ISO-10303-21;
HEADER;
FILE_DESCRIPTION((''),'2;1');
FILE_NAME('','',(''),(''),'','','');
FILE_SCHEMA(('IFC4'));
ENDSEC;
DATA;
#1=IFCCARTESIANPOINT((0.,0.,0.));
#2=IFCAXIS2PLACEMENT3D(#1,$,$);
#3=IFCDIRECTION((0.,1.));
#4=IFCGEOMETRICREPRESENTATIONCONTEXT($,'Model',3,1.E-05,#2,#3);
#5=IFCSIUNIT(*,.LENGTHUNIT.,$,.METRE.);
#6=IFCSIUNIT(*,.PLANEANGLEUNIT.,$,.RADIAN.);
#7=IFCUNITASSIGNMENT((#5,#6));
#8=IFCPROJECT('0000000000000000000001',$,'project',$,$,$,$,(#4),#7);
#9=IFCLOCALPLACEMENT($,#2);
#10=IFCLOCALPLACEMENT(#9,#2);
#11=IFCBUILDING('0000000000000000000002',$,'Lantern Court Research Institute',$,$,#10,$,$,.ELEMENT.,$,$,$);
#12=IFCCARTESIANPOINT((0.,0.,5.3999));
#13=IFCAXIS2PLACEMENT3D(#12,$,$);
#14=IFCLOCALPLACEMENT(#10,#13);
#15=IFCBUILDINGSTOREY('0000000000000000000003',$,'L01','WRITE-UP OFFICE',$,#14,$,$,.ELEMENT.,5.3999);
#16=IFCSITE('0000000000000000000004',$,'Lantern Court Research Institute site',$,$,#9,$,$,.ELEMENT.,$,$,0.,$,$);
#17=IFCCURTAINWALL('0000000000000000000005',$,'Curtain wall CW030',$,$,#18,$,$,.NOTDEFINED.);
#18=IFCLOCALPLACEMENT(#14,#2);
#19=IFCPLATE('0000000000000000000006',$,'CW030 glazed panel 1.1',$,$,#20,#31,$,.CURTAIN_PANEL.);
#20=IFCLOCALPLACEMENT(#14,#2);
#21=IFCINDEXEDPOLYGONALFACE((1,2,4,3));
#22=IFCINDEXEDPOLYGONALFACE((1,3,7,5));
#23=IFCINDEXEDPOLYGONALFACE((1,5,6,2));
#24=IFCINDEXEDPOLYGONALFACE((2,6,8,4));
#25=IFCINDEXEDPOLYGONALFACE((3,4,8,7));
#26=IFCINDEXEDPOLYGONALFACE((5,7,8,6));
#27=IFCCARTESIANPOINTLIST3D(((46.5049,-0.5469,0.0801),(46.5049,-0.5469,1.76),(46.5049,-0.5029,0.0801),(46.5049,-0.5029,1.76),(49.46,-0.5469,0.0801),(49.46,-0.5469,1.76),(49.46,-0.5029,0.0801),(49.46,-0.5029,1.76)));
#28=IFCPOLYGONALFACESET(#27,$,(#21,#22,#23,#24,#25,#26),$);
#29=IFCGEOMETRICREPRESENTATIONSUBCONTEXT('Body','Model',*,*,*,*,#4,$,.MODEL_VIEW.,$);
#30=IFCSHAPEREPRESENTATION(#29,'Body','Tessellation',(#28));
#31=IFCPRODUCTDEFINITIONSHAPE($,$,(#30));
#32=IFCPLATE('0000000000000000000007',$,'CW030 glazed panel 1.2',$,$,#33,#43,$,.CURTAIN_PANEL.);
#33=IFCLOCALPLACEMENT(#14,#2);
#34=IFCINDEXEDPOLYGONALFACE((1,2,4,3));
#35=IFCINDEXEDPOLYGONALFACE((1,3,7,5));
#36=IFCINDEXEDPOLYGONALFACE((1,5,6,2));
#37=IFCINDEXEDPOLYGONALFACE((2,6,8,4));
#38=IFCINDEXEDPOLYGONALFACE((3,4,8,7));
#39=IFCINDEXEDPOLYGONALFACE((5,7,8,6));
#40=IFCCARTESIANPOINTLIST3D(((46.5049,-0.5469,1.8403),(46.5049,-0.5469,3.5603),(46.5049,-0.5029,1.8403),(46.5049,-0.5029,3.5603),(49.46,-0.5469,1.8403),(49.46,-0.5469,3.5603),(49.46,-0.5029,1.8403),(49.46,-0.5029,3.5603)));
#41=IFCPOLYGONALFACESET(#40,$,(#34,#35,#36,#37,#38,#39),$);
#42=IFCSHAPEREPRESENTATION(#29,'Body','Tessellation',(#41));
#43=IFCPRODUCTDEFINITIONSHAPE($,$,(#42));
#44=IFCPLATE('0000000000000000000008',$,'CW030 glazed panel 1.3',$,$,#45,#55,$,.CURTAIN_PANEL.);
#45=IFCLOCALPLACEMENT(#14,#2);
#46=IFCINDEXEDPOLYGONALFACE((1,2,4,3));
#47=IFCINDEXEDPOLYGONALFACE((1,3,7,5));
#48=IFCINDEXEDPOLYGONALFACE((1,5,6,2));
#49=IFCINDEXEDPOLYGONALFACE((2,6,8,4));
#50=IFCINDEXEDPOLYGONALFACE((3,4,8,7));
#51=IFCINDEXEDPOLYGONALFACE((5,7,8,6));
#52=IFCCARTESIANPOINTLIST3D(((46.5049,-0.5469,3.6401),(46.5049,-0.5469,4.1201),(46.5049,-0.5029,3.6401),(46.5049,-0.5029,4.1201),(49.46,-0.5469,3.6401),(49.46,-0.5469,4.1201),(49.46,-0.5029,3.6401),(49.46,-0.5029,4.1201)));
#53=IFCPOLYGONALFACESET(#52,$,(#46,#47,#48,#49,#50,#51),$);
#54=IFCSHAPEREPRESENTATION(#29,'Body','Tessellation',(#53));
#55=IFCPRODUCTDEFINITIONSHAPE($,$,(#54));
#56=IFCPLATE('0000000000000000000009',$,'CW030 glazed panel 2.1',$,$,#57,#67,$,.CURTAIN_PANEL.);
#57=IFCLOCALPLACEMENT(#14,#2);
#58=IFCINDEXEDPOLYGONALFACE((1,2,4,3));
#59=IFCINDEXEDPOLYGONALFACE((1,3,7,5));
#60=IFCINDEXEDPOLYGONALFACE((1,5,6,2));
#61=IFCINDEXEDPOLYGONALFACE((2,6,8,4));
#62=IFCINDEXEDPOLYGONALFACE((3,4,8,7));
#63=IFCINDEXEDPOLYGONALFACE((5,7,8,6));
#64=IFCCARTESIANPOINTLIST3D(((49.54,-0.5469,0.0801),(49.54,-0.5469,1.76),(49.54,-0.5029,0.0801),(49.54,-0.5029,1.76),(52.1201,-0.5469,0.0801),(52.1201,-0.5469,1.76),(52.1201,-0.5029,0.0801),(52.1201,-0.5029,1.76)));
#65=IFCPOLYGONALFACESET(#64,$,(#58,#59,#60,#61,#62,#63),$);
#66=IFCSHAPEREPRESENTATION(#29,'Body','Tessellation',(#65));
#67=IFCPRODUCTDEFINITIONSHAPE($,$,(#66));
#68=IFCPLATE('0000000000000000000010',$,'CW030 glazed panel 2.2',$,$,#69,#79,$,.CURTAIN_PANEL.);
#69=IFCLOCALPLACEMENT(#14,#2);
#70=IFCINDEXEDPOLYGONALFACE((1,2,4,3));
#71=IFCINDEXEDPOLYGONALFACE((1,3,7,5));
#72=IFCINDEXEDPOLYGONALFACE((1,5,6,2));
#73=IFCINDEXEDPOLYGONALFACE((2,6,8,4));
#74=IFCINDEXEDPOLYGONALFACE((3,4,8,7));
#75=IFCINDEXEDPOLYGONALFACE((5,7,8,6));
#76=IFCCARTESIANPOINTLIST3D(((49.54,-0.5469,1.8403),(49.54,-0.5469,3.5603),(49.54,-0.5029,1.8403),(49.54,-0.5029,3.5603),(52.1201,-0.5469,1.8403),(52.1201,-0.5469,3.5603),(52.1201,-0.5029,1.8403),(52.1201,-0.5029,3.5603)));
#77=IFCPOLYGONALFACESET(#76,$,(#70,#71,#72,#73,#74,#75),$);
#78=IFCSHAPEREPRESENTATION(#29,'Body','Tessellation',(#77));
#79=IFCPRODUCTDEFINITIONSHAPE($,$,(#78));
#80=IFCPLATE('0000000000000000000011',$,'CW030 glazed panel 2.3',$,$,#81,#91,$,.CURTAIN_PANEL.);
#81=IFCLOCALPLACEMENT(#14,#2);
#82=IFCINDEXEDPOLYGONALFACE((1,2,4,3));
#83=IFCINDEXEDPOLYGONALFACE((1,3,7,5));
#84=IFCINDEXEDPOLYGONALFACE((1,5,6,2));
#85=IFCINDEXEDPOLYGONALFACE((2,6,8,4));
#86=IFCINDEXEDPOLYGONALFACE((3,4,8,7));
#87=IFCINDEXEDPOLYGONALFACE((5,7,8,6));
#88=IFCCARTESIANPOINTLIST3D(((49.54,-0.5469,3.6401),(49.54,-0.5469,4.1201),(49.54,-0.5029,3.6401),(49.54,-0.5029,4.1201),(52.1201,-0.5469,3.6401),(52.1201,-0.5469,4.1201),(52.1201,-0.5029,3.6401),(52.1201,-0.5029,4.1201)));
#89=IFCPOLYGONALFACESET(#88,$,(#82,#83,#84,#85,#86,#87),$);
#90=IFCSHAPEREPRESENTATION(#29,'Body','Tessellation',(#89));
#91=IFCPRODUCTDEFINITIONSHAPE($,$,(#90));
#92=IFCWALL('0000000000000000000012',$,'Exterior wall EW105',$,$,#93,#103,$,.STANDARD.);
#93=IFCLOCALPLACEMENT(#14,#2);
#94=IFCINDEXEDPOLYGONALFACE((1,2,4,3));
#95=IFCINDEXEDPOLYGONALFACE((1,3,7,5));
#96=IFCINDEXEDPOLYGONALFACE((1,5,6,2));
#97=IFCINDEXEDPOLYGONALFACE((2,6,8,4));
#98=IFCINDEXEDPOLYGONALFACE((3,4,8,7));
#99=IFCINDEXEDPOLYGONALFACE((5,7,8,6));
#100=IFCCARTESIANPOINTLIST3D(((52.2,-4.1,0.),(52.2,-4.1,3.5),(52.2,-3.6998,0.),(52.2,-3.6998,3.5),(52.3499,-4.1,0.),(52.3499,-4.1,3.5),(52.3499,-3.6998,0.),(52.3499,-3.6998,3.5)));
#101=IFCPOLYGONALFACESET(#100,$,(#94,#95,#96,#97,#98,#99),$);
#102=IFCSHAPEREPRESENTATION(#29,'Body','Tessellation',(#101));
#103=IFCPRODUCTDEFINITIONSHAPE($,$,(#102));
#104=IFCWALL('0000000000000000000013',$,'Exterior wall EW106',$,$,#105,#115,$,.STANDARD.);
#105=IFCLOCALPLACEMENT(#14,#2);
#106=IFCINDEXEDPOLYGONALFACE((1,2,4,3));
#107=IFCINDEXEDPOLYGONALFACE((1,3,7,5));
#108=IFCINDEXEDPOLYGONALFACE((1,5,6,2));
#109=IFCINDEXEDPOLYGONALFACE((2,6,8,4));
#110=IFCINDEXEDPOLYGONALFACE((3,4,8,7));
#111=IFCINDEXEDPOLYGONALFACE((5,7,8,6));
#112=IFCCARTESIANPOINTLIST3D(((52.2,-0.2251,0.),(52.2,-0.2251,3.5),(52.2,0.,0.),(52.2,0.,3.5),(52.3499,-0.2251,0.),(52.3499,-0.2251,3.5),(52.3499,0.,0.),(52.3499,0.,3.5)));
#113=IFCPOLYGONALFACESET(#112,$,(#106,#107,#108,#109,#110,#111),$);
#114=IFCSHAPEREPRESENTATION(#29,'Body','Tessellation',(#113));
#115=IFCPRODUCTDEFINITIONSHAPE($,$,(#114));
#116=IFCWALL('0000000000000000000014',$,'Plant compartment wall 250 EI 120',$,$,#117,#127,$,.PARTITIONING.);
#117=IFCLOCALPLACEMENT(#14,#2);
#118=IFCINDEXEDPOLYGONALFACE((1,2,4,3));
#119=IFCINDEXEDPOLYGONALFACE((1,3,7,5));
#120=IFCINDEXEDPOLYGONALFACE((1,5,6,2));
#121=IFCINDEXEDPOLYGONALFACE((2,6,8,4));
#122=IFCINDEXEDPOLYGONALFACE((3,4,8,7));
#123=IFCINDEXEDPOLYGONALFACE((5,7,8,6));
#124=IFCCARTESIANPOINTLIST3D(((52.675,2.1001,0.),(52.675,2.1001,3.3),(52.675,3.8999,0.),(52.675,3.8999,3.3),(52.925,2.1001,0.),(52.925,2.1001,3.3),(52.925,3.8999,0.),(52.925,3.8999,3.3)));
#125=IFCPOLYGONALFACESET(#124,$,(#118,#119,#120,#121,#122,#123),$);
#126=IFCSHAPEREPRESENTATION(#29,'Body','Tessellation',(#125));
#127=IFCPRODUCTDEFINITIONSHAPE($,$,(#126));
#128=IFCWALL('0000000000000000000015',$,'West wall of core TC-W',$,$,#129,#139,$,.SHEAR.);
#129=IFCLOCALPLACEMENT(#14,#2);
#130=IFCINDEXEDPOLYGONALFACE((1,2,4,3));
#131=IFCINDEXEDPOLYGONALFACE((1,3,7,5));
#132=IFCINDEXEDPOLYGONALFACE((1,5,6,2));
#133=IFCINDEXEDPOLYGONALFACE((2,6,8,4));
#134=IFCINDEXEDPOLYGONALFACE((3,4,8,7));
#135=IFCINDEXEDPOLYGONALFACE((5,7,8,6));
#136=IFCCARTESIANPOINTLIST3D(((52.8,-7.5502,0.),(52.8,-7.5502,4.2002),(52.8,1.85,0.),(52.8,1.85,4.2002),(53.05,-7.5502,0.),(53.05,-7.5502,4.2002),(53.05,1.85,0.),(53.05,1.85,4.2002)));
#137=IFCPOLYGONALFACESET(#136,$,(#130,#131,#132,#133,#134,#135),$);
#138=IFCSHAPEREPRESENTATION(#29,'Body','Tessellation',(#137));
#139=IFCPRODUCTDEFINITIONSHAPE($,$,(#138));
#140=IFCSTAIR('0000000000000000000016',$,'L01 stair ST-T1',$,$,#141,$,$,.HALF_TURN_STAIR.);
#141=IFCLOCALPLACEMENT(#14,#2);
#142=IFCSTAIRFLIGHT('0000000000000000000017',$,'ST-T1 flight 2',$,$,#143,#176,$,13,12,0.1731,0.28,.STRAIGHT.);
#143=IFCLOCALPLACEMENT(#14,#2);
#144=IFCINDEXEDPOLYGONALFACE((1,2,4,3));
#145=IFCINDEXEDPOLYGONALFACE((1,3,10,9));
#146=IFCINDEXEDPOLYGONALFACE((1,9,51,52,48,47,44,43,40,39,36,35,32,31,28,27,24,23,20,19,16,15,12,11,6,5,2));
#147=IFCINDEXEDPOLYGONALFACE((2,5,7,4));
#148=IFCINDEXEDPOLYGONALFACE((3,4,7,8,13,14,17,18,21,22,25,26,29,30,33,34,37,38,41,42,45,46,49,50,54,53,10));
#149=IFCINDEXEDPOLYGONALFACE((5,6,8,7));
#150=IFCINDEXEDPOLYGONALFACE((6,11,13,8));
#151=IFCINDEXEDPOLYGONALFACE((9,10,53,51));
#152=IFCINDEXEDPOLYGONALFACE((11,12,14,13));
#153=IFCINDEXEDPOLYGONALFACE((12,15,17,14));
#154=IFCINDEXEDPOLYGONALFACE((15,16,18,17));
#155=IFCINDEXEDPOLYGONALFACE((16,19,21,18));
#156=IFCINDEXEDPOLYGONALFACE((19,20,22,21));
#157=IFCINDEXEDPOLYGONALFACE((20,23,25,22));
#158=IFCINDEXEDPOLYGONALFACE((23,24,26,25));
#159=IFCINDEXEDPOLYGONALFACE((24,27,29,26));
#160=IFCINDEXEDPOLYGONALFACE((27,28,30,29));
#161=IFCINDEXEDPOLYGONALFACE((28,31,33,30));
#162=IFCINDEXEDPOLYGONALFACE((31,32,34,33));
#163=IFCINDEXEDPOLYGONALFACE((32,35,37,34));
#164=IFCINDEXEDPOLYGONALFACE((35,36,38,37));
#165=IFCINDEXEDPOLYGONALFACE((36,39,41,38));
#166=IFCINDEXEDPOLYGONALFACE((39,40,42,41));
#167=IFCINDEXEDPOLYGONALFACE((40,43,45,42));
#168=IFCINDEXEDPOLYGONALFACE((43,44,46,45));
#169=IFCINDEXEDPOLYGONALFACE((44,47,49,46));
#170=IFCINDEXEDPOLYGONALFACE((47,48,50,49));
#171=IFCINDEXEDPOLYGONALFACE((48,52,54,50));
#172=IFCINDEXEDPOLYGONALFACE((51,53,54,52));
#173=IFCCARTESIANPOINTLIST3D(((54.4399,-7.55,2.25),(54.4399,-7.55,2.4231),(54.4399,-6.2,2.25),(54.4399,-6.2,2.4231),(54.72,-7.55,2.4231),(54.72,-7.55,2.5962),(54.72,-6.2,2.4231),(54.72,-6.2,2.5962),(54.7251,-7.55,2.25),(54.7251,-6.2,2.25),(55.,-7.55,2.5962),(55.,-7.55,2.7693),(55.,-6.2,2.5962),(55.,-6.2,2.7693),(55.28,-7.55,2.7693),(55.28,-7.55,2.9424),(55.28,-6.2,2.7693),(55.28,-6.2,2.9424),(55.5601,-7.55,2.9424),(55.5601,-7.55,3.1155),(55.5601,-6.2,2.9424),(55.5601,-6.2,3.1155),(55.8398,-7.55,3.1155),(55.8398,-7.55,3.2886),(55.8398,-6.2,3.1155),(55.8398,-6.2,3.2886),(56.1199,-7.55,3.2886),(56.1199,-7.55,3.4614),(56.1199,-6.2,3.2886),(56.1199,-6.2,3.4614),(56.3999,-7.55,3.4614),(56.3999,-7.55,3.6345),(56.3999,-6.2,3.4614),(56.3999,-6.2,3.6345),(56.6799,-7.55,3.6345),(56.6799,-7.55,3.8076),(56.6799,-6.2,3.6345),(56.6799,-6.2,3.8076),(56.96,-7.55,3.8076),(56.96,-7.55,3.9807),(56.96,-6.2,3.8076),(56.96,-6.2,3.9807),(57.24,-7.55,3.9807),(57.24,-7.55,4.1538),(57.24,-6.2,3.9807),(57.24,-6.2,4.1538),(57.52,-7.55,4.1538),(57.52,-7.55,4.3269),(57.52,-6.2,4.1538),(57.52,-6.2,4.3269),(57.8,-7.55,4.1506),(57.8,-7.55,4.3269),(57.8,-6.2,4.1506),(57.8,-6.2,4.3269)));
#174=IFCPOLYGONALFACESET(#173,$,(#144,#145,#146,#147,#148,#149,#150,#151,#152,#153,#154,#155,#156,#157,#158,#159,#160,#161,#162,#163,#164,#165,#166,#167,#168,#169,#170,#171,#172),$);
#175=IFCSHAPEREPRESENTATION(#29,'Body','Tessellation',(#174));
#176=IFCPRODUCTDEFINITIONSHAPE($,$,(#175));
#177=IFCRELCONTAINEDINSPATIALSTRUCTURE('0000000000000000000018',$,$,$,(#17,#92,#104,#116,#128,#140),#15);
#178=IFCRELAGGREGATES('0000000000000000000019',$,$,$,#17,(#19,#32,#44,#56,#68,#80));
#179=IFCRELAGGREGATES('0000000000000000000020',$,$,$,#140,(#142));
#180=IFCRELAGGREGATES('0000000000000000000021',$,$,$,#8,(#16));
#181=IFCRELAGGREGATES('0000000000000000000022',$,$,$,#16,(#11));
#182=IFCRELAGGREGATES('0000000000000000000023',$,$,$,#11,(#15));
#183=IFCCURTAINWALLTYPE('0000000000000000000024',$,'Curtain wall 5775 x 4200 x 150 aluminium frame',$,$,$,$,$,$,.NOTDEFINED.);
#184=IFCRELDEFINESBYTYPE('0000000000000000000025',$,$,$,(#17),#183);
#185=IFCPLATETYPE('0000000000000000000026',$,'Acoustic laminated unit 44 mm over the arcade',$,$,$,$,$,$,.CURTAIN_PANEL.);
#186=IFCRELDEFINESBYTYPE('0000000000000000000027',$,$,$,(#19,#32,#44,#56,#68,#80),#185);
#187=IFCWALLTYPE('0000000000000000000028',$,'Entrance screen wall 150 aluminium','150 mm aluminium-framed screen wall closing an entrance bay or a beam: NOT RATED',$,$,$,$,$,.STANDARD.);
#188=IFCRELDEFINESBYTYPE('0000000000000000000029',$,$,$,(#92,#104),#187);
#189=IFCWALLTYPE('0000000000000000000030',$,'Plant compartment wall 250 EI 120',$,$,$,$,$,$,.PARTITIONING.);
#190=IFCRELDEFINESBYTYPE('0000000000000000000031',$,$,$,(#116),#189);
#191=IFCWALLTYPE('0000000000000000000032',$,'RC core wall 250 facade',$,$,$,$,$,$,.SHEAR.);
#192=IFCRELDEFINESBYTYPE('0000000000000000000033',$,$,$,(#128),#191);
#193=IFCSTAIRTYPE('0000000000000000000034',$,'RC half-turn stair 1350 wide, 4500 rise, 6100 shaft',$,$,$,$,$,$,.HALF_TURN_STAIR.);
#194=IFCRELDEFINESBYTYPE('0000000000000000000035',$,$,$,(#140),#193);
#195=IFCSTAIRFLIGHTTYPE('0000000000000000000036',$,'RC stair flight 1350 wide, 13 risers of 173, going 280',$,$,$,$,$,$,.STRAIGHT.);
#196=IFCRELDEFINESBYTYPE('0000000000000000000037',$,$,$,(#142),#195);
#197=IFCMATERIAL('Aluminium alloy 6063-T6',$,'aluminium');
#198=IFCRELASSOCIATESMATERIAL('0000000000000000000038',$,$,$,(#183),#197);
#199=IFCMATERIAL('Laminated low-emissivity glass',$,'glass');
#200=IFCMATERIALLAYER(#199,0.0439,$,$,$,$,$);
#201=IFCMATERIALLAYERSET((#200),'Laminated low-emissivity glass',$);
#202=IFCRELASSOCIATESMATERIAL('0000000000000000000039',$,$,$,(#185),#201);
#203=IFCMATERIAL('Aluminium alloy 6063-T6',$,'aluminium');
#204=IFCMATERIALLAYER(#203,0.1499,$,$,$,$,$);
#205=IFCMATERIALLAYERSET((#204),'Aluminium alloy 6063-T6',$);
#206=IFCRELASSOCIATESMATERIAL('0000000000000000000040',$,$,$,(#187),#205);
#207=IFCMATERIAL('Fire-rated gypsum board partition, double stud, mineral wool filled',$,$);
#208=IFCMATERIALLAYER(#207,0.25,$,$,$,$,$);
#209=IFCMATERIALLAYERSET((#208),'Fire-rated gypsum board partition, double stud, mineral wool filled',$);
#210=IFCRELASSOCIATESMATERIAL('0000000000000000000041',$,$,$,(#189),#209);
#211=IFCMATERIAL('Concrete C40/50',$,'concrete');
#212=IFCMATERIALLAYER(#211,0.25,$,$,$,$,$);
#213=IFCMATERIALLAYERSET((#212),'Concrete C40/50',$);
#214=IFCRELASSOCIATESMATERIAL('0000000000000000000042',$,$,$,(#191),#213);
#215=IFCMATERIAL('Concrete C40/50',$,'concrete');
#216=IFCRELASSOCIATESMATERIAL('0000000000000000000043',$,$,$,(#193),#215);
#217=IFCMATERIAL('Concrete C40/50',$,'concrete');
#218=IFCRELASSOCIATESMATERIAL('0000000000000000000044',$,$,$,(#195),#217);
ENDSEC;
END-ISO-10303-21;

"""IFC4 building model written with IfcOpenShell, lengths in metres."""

from ifc_helpers import new_model, si_unit, direction, frame, frame_2d, origin, origin_2d, place, context, subcontext, project, spatial, polyline, rectangle, outline, extrude, material, layer, layer_set, type_object, element, aggregate, save


model = new_model("IFC4")

# Units and contexts
model_context = context("Model", 3, precision=1e-05, world=origin(), true_north=direction((0.0, 1.0)))
body_context = subcontext(model_context, "Body", "Model", "MODEL_VIEW")
ifc_project = project(units=[si_unit("LENGTHUNIT", "METRE"), si_unit("PLANEANGLEUNIT", "RADIAN")], contexts=[model_context])

# Site, building, storey
site_placement = place(None, origin())
site = spatial("IfcSite", under=ifc_project, at=site_placement, Name="Lantern Court Research Institute site", CompositionType="ELEMENT", RefElevation=0.0)
building_placement = place(site_placement, origin())
building = spatial("IfcBuilding", under=site, at=building_placement, Name="Lantern Court Research Institute", CompositionType="ELEMENT")
storey_placement = place(building_placement, frame((0.0, 0.0, 5.3999)))
storey = spatial("IfcBuildingStorey", under=building, at=storey_placement, Name="L01", Description="WRITE-UP OFFICE", CompositionType="ELEMENT", Elevation=5.3999)

# Curtain wall
ifc_material_1 = material(Name="Aluminium alloy 6063-T6", Category="aluminium")
curtain_wall_type = type_object("IfcCurtainWallType", Name="Curtain wall 5775 x 4200 x 150 aluminium frame", PredefinedType="NOTDEFINED", material=ifc_material_1)
curtain_wall_placement = place(storey_placement, origin())
curtain_wall = element("IfcCurtainWall", 1, at=curtain_wall_placement, inside=storey, type_object=curtain_wall_type, Name="Curtain wall CW030", PredefinedType="NOTDEFINED")

# Plates
ifc_material_2 = material(Name="Laminated low-emissivity glass", Category="glass")
ifc_layer_1 = layer(ifc_material_2, 0.0439)
ifc_layer_set_1 = layer_set([ifc_layer_1], Name="Laminated low-emissivity glass")
plate_type = type_object("IfcPlateType", Name="Acoustic laminated unit 44 mm over the arcade", PredefinedType="CURTAIN_PANEL", material=ifc_layer_set_1)
plate_1_placement = place(storey_placement, frame((47.9824, -0.5249, 0.0801), z_axis=(0.0, 0.0, 1.0), x_axis=(-1.0, 0.0, 0.0)))
plate_1 = element("IfcPlate", 2, at=plate_1_placement, type_object=plate_type, Name="CW030 glazed panel 1.1", PredefinedType="CURTAIN_PANEL", context=body_context, shape_type="SweptSolid", body=[
    extrude(rectangle(XDim=2.9551, YDim=0.0439, at=origin_2d()), origin(), (0.0, 0.0, 1.0), 1.6799),
])
plate_2_placement = place(storey_placement, frame((47.9824, -0.5249, 1.8403), z_axis=(0.0, 0.0, 1.0), x_axis=(-1.0, 0.0, 0.0)))
plate_2 = element("IfcPlate", 3, at=plate_2_placement, type_object=plate_type, Name="CW030 glazed panel 1.2", PredefinedType="CURTAIN_PANEL", context=body_context, shape_type="SweptSolid", body=[
    extrude(rectangle(XDim=2.9551, YDim=0.0439, at=origin_2d()), origin(), (0.0, 0.0, 1.0), 1.72),
])
plate_3_placement = place(storey_placement, frame((47.9824, -0.5249, 3.6401), z_axis=(0.0, 0.0, 1.0), x_axis=(-1.0, 0.0, 0.0)))
plate_3 = element("IfcPlate", 4, at=plate_3_placement, type_object=plate_type, Name="CW030 glazed panel 1.3", PredefinedType="CURTAIN_PANEL", context=body_context, shape_type="SweptSolid", body=[
    extrude(rectangle(XDim=2.9551, YDim=0.0439, at=origin_2d()), origin(), (0.0, 0.0, 1.0), 0.48),
])
plate_4_placement = place(storey_placement, frame((50.8301, -0.5249, 0.0801), z_axis=(0.0, 0.0, 1.0), x_axis=(-1.0, 0.0, 0.0)))
plate_4 = element("IfcPlate", 5, at=plate_4_placement, type_object=plate_type, Name="CW030 glazed panel 2.1", PredefinedType="CURTAIN_PANEL", context=body_context, shape_type="SweptSolid", body=[
    extrude(rectangle(XDim=2.5801, YDim=0.0439, at=origin_2d()), origin(), (0.0, 0.0, 1.0), 1.6799),
])
plate_5_placement = place(storey_placement, frame((50.8301, -0.5249, 1.8403), z_axis=(0.0, 0.0, 1.0), x_axis=(-1.0, 0.0, 0.0)))
plate_5 = element("IfcPlate", 6, at=plate_5_placement, type_object=plate_type, Name="CW030 glazed panel 2.2", PredefinedType="CURTAIN_PANEL", context=body_context, shape_type="SweptSolid", body=[
    extrude(rectangle(XDim=2.5801, YDim=0.0439, at=origin_2d()), origin(), (0.0, 0.0, 1.0), 1.72),
])
plate_6_placement = place(storey_placement, frame((50.8301, -0.5249, 3.6401), z_axis=(0.0, 0.0, 1.0), x_axis=(-1.0, 0.0, 0.0)))
plate_6 = element("IfcPlate", 7, at=plate_6_placement, type_object=plate_type, Name="CW030 glazed panel 2.3", PredefinedType="CURTAIN_PANEL", context=body_context, shape_type="SweptSolid", body=[
    extrude(rectangle(XDim=2.5801, YDim=0.0439, at=origin_2d()), origin(), (0.0, 0.0, 1.0), 0.48),
])
aggregate(curtain_wall, [plate_1, plate_2, plate_3, plate_4, plate_5, plate_6])

# Walls
ifc_material_3 = material(Name="Aluminium alloy 6063-T6", Category="aluminium")
ifc_layer_2 = layer(ifc_material_3, 0.1499)
ifc_layer_set_2 = layer_set([ifc_layer_2], Name="Aluminium alloy 6063-T6")
wall_type_1 = type_object("IfcWallType", Name="Entrance screen wall 150 aluminium", Description="150 mm aluminium-framed screen wall closing an entrance bay or a beam: NOT RATED", PredefinedType="STANDARD", material=ifc_layer_set_2)
wall_1_placement = place(storey_placement, frame((52.2749, -4.1001, 0.0), z_axis=(0.0, 0.0, 1.0), x_axis=(0.0, 1.0, 0.0)))
element("IfcWall", 8, at=wall_1_placement, inside=storey, type_object=wall_type_1, Name="Exterior wall EW105", PredefinedType="STANDARD", context=body_context, shape_type="SweptSolid", body=[
    extrude(rectangle(XDim=0.4001, YDim=0.1499, at=frame_2d((0.2002, 0.0))), origin(), (0.0, 0.0, 1.0), 3.5),
])
wall_2_placement = place(storey_placement, frame((52.2749, -0.2251, 0.0), z_axis=(0.0, 0.0, 1.0), x_axis=(0.0, 1.0, 0.0)))
element("IfcWall", 9, at=wall_2_placement, inside=storey, type_object=wall_type_1, Name="Exterior wall EW106", PredefinedType="STANDARD", context=body_context, shape_type="SweptSolid", body=[
    extrude(rectangle(XDim=0.2251, YDim=0.1499, at=frame_2d((0.1125, 0.0))), origin(), (0.0, 0.0, 1.0), 3.5),
])
ifc_material_4 = material(Name="Fire-rated gypsum board partition, double stud, mineral wool filled")
ifc_layer_3 = layer(ifc_material_4, 0.25)
ifc_layer_set_3 = layer_set([ifc_layer_3], Name="Fire-rated gypsum board partition, double stud, mineral wool filled")
wall_type_2 = type_object("IfcWallType", Name="Plant compartment wall 250 EI 120", PredefinedType="PARTITIONING", material=ifc_layer_set_3)
wall_3_placement = place(storey_placement, frame((52.8, 2.1001, 0.0), z_axis=(0.0, 0.0, 1.0), x_axis=(0.0, 1.0, 0.0)))
element("IfcWall", 10, at=wall_3_placement, inside=storey, type_object=wall_type_2, Name="Plant compartment wall 250 EI 120", PredefinedType="PARTITIONING", context=body_context, shape_type="SweptSolid", body=[
    extrude(rectangle(XDim=1.7998, YDim=0.25, at=frame_2d((0.8999, 0.0))), origin(), (0.0, 0.0, 1.0), 3.3),
])
ifc_material_5 = material(Name="Concrete C40/50", Category="concrete")
ifc_layer_4 = layer(ifc_material_5, 0.25)
ifc_layer_set_4 = layer_set([ifc_layer_4], Name="Concrete C40/50")
wall_type_3 = type_object("IfcWallType", Name="RC core wall 250 facade", PredefinedType="SHEAR", material=ifc_layer_set_4)
wall_4_placement = place(storey_placement, frame((52.925, 1.8501, 0.0), z_axis=(0.0, 0.0, 1.0), x_axis=(0.0, -1.0, 0.0)))
element("IfcWall", 11, at=wall_4_placement, inside=storey, type_object=wall_type_3, Name="West wall of core TC-W", PredefinedType="SHEAR", context=body_context, shape_type="SweptSolid", body=[
    extrude(rectangle(XDim=9.4001, YDim=0.25, at=frame_2d((4.7002, 0.0))), origin(), (0.0, 0.0, 1.0), 4.2002),
])

# Stair, stair flight
ifc_material_6 = material(Name="Concrete C40/50", Category="concrete")
stair_type = type_object("IfcStairType", Name="RC half-turn stair 1350 wide, 4500 rise, 6100 shaft", PredefinedType="HALF_TURN_STAIR", material=ifc_material_6)
stair_placement = place(storey_placement, origin())
stair = element("IfcStair", 12, at=stair_placement, inside=storey, type_object=stair_type, Name="L01 stair ST-T1", PredefinedType="HALF_TURN_STAIR")
ifc_material_7 = material(Name="Concrete C40/50", Category="concrete")
stair_flight_type = type_object("IfcStairFlightType", Name="RC stair flight 1350 wide, 13 risers of 173, going 280", PredefinedType="STRAIGHT", material=ifc_material_7)
stair_flight_placement = place(storey_placement, frame((54.4399, -6.875, 2.25), z_axis=(0.0, 0.0, 1.0), x_axis=(1.0, 0.0, 0.0)))
stair_flight = element("IfcStairFlight", 13, at=stair_flight_placement, type_object=stair_flight_type, Name="ST-T1 flight 2", NumberOfRisers=13, NumberOfTreads=12, PredefinedType="STRAIGHT", RiserHeight=0.1731, TreadLength=0.28, context=body_context, shape_type="SweptSolid", body=[
    extrude(outline(polyline([(0.0, 0.0), (0.0, 0.1731), (0.28, 0.1731), (0.28, 0.3462), (0.5601, 0.3462), (0.5601, 0.5193), (0.8401, 0.5193), (0.8401, 0.6924), (1.1201, 0.6924), (1.1201, 0.8655), (1.3999, 0.8655), (1.3999, 1.0386), (1.6799, 1.0386), (1.6799, 1.2114), (1.96, 1.2114), (1.96, 1.3845), (2.24, 1.3845), (2.24, 1.5576), (2.52, 1.5576), (2.52, 1.7307), (2.8, 1.7307), (2.8, 1.9038), (3.0801, 1.9038), (3.0801, 2.0769), (3.3601, 2.0769), (3.3601, 2.25), (3.3601, 1.9006), (0.2852, 0.0), (0.0, 0.0)])), frame((0.0, 0.675, 0.0), z_axis=(0.0, -1.0, 0.0), x_axis=(1.0, 0.0, 0.0)), (0.0, 0.0, 1.0), 1.3501),
])
aggregate(stair, [stair_flight])

save(model, "model.ifc")
